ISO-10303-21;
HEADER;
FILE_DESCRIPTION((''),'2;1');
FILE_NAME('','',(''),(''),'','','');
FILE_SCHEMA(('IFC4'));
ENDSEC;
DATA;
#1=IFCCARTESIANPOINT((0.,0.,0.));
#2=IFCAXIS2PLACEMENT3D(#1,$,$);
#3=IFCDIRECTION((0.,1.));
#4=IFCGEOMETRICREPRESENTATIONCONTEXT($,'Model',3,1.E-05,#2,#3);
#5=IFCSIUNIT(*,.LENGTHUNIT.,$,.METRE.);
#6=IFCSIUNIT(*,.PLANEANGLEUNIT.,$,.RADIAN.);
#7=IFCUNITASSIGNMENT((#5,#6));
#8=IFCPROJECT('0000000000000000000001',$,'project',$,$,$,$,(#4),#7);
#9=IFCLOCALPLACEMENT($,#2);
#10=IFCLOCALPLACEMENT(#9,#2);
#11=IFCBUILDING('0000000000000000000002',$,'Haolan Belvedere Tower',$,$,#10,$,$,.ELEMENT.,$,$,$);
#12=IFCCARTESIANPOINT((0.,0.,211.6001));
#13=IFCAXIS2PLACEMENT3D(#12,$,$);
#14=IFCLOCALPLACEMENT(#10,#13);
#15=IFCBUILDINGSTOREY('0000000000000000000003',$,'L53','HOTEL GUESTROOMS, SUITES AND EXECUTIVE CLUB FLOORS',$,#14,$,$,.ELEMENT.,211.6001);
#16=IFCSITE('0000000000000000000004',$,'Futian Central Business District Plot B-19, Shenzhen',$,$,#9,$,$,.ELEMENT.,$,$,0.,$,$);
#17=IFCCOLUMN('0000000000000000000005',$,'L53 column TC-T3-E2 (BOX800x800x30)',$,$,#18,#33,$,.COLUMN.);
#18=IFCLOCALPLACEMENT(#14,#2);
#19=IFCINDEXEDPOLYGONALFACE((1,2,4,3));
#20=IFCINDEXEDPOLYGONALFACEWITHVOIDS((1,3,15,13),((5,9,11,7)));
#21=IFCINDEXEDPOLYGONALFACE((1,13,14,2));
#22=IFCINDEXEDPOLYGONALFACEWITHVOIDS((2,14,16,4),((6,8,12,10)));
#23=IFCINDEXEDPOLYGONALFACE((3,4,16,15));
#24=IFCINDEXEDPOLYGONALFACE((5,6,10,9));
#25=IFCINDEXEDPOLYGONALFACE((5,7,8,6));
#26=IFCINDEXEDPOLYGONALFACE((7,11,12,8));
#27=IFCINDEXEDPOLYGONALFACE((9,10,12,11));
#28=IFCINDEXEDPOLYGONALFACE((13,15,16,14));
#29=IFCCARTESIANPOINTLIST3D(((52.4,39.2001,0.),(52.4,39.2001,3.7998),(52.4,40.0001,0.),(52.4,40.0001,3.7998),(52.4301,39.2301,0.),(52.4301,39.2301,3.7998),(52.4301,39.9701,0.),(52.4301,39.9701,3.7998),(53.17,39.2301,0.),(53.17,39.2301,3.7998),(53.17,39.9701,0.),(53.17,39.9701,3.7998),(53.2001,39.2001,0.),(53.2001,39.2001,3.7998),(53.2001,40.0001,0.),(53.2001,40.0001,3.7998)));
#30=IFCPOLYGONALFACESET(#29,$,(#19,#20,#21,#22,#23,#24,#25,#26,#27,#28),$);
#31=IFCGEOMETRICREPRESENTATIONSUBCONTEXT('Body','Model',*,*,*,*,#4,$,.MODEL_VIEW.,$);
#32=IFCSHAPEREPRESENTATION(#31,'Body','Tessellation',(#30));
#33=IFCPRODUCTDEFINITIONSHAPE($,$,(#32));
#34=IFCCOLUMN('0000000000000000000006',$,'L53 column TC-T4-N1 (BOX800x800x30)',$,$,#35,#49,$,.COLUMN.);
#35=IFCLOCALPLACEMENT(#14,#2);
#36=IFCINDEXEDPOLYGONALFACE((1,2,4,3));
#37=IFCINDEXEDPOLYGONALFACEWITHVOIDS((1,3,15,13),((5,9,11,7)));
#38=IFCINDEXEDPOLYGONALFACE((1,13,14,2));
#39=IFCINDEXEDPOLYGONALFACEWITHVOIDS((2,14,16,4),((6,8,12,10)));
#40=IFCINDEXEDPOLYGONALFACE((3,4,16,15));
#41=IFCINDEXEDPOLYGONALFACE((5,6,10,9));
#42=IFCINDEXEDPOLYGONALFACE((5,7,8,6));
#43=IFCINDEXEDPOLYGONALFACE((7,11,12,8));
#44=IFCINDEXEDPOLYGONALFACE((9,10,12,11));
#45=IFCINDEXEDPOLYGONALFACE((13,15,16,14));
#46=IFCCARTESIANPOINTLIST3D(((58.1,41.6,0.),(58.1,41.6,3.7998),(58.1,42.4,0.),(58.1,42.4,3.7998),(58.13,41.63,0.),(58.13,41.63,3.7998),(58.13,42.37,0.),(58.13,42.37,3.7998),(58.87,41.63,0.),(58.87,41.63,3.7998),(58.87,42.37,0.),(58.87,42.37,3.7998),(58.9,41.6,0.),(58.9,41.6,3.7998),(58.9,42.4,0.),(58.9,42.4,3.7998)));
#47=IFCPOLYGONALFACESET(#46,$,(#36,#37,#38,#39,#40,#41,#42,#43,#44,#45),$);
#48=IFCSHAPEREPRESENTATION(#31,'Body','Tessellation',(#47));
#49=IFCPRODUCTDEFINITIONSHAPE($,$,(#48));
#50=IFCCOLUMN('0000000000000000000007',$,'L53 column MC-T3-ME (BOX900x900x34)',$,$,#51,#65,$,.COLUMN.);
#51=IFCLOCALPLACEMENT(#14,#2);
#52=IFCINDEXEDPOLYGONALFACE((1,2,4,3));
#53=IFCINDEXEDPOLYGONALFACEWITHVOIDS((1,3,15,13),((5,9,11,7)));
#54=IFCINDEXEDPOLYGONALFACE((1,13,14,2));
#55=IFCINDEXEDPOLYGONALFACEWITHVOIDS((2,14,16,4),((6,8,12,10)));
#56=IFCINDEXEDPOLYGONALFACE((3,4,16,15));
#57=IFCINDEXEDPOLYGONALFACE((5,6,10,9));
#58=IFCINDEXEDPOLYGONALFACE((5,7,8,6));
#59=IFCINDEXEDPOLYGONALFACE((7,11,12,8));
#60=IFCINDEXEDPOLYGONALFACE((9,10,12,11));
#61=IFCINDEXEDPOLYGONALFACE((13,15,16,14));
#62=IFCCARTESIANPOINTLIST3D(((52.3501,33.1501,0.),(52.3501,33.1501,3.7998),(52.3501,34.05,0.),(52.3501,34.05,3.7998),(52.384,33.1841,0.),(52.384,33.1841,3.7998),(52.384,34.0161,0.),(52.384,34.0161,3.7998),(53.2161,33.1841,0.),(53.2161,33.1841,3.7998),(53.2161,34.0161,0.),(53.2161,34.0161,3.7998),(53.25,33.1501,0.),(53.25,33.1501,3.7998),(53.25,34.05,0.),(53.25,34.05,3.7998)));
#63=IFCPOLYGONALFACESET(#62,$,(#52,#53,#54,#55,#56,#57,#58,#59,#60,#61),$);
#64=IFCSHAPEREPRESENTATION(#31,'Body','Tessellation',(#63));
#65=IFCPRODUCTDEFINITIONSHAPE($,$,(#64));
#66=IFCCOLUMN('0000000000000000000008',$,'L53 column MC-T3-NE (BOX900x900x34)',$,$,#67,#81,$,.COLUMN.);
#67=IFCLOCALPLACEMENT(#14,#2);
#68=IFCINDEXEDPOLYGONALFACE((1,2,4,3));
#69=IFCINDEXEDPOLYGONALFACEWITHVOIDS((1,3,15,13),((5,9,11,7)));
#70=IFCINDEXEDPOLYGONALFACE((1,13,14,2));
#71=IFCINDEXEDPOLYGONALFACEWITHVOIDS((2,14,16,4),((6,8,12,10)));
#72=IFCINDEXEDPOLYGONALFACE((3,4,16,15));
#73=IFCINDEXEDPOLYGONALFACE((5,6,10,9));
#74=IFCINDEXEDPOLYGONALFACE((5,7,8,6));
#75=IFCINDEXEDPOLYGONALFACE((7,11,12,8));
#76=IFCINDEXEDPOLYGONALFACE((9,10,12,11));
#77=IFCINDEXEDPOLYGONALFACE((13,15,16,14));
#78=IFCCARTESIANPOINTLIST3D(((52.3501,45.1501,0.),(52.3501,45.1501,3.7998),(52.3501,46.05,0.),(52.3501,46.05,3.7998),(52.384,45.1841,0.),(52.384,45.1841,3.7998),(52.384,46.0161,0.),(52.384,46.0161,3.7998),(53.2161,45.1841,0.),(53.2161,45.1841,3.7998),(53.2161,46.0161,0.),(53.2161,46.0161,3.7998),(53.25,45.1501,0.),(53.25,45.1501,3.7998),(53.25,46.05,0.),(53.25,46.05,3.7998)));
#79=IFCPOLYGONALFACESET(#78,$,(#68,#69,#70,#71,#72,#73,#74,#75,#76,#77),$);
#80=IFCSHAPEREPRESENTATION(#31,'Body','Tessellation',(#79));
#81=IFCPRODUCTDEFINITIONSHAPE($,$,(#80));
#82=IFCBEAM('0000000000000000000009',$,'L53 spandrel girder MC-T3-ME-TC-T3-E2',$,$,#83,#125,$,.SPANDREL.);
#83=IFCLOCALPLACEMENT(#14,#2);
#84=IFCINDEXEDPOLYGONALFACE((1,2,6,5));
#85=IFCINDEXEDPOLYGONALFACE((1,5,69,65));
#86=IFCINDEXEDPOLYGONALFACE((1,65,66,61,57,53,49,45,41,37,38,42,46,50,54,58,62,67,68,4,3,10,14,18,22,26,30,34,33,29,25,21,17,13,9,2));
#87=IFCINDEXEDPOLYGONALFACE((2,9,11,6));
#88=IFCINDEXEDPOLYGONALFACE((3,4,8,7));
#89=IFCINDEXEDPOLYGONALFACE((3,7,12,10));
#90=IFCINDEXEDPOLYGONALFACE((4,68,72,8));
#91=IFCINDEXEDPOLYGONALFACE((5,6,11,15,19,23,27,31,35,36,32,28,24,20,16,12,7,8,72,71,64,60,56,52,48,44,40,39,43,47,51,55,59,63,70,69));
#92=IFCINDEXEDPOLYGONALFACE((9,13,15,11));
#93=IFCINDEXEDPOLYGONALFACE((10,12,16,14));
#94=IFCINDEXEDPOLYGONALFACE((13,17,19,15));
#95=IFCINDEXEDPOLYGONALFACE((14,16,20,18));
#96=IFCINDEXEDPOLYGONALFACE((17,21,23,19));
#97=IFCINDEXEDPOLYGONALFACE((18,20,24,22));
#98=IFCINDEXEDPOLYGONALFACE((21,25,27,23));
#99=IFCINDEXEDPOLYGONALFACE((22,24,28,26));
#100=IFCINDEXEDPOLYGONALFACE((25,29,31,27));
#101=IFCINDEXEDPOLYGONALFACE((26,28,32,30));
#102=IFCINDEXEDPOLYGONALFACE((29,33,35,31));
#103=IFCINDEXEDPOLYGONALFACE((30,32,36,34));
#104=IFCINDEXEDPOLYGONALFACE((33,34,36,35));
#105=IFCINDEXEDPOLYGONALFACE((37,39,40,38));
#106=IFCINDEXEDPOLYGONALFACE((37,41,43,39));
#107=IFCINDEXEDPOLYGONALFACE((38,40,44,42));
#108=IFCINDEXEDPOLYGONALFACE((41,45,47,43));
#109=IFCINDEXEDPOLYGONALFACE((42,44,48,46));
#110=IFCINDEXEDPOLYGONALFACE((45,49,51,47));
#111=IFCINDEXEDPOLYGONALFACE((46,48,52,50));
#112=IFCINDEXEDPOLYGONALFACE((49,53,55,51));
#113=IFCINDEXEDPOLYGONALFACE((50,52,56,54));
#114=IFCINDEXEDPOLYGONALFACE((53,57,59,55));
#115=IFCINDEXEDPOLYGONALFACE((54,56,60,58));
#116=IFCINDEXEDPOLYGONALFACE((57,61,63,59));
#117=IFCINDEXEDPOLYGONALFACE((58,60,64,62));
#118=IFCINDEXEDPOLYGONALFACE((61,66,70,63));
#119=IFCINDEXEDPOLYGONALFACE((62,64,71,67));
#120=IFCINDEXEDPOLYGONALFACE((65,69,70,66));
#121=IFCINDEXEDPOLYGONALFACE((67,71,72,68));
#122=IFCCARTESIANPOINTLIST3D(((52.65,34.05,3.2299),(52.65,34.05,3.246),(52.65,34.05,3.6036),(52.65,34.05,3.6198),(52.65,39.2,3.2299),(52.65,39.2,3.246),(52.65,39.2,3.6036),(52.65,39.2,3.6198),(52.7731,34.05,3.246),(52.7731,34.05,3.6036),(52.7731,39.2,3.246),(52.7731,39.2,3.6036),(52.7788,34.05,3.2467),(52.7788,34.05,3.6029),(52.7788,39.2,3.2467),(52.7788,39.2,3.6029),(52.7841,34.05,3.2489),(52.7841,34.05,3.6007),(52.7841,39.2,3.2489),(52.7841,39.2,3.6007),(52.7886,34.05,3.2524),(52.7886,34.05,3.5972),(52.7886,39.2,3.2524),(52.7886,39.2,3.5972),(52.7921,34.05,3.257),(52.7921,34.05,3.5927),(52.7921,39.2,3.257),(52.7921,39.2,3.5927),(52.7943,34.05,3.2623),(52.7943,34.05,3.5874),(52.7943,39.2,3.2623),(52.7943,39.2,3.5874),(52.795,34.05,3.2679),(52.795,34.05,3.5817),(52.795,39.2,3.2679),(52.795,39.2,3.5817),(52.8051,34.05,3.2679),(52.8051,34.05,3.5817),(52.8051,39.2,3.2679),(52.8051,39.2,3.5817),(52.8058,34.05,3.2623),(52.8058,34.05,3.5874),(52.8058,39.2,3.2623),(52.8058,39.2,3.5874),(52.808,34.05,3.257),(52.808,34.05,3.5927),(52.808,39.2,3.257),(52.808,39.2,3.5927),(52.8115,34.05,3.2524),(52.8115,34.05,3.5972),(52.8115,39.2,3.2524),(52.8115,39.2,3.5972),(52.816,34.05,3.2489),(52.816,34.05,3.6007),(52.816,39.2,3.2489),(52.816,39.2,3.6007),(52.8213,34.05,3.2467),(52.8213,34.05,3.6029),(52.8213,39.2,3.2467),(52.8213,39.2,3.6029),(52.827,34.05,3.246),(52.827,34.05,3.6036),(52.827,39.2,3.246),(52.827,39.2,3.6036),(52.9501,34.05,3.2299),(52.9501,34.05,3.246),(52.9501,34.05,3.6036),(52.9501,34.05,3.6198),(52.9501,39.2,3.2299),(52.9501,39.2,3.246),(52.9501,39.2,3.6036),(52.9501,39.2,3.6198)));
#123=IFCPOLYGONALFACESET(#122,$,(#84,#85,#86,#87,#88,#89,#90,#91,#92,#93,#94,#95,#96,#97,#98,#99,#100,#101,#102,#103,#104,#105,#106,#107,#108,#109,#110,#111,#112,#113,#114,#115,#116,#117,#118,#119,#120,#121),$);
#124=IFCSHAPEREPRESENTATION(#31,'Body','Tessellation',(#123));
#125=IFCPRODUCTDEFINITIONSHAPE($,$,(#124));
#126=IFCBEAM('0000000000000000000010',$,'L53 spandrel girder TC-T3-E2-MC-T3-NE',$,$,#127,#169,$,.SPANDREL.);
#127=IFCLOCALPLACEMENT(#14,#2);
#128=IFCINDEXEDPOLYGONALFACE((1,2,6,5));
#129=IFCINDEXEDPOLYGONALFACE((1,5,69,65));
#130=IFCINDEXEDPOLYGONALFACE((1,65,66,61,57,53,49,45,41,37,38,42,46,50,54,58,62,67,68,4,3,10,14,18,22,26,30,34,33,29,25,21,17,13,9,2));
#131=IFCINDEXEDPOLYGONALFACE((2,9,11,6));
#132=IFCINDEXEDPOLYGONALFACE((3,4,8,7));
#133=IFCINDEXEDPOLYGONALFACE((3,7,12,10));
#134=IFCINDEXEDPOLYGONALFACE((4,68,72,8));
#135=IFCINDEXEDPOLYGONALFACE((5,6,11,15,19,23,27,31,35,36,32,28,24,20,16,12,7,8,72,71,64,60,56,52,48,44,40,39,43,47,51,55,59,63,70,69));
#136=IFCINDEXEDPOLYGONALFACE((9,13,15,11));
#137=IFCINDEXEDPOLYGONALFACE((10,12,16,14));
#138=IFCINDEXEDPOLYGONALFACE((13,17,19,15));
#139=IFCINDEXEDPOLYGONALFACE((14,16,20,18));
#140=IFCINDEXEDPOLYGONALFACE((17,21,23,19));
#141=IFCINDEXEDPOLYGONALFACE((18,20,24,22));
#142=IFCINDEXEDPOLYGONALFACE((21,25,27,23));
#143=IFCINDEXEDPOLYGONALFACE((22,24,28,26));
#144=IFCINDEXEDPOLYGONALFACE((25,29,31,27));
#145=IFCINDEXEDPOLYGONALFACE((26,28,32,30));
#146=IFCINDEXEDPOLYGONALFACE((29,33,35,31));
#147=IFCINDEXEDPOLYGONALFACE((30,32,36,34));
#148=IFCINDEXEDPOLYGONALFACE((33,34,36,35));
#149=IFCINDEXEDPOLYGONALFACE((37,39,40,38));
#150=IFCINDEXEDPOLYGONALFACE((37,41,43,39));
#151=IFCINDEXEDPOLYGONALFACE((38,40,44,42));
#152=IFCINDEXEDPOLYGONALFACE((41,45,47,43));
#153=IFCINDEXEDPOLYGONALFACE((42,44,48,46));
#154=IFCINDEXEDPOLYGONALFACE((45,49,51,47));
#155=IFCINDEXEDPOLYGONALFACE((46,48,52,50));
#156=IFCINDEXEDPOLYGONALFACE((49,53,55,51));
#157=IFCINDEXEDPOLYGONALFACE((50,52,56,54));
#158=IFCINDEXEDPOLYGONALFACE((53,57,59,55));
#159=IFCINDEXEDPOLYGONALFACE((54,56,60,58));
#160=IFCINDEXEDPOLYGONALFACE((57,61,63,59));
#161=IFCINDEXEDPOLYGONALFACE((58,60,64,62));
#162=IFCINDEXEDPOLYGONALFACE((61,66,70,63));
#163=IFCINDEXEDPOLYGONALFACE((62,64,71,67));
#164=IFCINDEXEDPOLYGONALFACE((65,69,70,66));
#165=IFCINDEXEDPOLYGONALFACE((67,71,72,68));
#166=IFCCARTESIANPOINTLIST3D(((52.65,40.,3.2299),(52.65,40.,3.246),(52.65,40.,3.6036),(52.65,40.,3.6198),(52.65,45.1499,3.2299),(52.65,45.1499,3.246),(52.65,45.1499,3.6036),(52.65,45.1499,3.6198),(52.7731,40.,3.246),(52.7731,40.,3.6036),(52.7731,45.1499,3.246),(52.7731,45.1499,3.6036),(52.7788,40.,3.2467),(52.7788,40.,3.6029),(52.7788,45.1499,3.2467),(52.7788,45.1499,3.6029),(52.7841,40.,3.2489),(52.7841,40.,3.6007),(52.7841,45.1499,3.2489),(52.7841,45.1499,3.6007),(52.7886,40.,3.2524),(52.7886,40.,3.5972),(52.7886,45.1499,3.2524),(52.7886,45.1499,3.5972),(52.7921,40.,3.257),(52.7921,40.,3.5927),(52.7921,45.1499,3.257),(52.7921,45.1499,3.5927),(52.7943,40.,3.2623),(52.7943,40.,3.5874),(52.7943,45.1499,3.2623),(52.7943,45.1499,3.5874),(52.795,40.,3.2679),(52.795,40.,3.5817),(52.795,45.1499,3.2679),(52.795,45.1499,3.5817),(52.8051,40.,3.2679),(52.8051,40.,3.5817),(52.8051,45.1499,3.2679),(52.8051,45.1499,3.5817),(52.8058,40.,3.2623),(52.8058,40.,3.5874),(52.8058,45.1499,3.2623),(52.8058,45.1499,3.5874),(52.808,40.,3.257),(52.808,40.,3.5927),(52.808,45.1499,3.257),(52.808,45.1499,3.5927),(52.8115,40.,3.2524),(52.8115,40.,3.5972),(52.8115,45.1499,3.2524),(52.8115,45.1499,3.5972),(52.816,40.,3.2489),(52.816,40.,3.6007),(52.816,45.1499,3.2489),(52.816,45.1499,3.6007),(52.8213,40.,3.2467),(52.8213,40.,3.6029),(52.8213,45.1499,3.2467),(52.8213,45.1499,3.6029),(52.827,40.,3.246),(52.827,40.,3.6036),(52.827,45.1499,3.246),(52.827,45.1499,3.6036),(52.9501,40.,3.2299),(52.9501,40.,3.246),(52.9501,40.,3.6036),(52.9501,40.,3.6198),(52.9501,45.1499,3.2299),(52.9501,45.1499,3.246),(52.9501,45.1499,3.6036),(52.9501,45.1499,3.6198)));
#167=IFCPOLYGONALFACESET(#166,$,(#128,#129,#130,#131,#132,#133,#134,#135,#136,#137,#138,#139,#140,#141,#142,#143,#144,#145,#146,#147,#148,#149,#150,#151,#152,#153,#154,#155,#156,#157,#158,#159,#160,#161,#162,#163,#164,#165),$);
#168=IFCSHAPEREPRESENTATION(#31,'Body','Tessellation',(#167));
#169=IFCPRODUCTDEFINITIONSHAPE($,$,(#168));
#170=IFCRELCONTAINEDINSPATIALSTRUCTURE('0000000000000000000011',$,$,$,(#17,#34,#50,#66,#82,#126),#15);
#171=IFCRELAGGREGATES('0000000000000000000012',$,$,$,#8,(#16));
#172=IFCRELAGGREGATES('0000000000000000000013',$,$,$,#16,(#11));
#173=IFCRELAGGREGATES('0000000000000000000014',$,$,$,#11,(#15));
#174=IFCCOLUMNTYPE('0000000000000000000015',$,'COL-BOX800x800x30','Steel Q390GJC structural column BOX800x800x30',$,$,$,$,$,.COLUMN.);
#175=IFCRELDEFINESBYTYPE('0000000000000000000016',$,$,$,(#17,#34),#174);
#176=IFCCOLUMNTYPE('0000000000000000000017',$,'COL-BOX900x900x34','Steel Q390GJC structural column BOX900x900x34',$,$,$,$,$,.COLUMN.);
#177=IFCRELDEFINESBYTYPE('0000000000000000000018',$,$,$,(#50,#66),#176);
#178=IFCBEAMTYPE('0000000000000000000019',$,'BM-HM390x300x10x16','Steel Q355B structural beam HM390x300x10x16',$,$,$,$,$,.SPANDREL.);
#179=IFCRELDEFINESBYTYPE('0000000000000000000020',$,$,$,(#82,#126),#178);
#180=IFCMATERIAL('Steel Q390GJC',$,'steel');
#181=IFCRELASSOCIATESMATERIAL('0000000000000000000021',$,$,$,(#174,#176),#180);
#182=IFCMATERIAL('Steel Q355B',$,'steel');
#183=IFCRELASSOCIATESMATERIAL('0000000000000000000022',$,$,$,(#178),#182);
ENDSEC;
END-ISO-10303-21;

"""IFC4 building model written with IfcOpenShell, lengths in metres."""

from ifc_helpers import new_model, si_unit, direction, frame, origin, origin_2d, place, context, subcontext, project, spatial, hollow_rectangle, i_section, extrude, material, material_profile, profile_set, type_object, element, save


model = new_model("IFC4")

# Units and contexts
model_context = context("Model", 3, precision=1e-05, world=origin(), true_north=direction((0.0, 1.0)))
body_context = subcontext(model_context, "Body", "Model", "MODEL_VIEW")
ifc_project = project(units=[si_unit("LENGTHUNIT", "METRE"), si_unit("PLANEANGLEUNIT", "RADIAN")], contexts=[model_context])

# Site, building, storey
site_placement = place(None, origin())
site = spatial("IfcSite", under=ifc_project, at=site_placement, Name="Futian Central Business District Plot B-19, Shenzhen", CompositionType="ELEMENT", RefElevation=0.0)
building_placement = place(site_placement, origin())
building = spatial("IfcBuilding", under=site, at=building_placement, Name="Haolan Belvedere Tower", CompositionType="ELEMENT")
storey_placement = place(building_placement, frame((0.0, 0.0, 211.6001)))
storey = spatial("IfcBuildingStorey", under=building, at=storey_placement, Name="L53", Description="HOTEL GUESTROOMS, SUITES AND EXECUTIVE CLUB FLOORS", CompositionType="ELEMENT", Elevation=211.6001)

# Columns
ifc_material_1 = material(Name="Steel Q390GJC", Category="steel")
ifc_material_profile_1 = material_profile(ifc_material_1, hollow_rectangle(XDim=0.8, YDim=0.8, WallThickness=0.03, at=origin_2d()), Name="Steel Q390GJC")
ifc_profile_set_1 = profile_set([ifc_material_profile_1], Name="Steel Q390GJC")
column_type_1 = type_object("IfcColumnType", Name="COL-BOX800x800x30", Description="Steel Q390GJC structural column BOX800x800x30", PredefinedType="COLUMN", material=ifc_profile_set_1)
for number, where, z_axis, x_axis, name in (
    (1, (52.8, 39.6001, 0.0), (0.0, 0.0, 1.0), (1.0, 0.0, 0.0), "L53 column TC-T3-E2 (BOX800x800x30)"),
    (2, (58.5, 42.0, 0.0), (0.0, 0.0, 1.0), (1.0, 0.0, 0.0), "L53 column TC-T4-N1 (BOX800x800x30)"),
):
    element("IfcColumn", number, at=place(storey_placement, frame(where, z_axis=z_axis, x_axis=x_axis)), inside=storey, type_object=column_type_1, Name=name, PredefinedType="COLUMN", context=body_context, shape_type="SweptSolid", body=[
        extrude(hollow_rectangle(XDim=0.8, YDim=0.8, WallThickness=0.03, at=origin_2d()), origin(), (0.0, 0.0, 1.0), 3.7998),
    ])
ifc_material_profile_2 = material_profile(ifc_material_1, hollow_rectangle(XDim=0.8999, YDim=0.8999, WallThickness=0.0339, at=origin_2d()), Name="Steel Q390GJC")
ifc_profile_set_2 = profile_set([ifc_material_profile_2], Name="Steel Q390GJC")
column_type_2 = type_object("IfcColumnType", Name="COL-BOX900x900x34", Description="Steel Q390GJC structural column BOX900x900x34", PredefinedType="COLUMN", material=ifc_profile_set_2)
for number, where, z_axis, x_axis, name in (
    (3, (52.8, 33.6001, 0.0), (0.0, 0.0, 1.0), (1.0, 0.0, 0.0), "L53 column MC-T3-ME (BOX900x900x34)"),
    (4, (52.8, 45.6001, 0.0), (0.0, 0.0, 1.0), (1.0, 0.0, 0.0), "L53 column MC-T3-NE (BOX900x900x34)"),
):
    element("IfcColumn", number, at=place(storey_placement, frame(where, z_axis=z_axis, x_axis=x_axis)), inside=storey, type_object=column_type_2, Name=name, PredefinedType="COLUMN", context=body_context, shape_type="SweptSolid", body=[
        extrude(hollow_rectangle(XDim=0.8999, YDim=0.8999, WallThickness=0.0339, at=origin_2d()), origin(), (0.0, 0.0, 1.0), 3.7998),
    ])

# Beams
ifc_material_2 = material(Name="Steel Q355B", Category="steel")
ifc_material_profile_3 = material_profile(ifc_material_2, i_section(OverallWidth=0.3, OverallDepth=0.3899, WebThickness=0.01, FlangeThickness=0.0161, FilletRadius=0.022, at=origin_2d()), Name="Steel Q355B")
ifc_profile_set_3 = profile_set([ifc_material_profile_3], Name="Steel Q355B")
beam_type_1 = type_object("IfcBeamType", Name="BM-HM390x300x10x16", Description="Steel Q355B structural beam HM390x300x10x16", PredefinedType="SPANDREL", material=ifc_profile_set_3)
for number, where, z_axis, x_axis, name in (
    (5, (52.8, 34.05, 3.4248), (0.0, 1.0, 0.0), (-1.0, 0.0, 0.0), "L53 spandrel girder MC-T3-ME-TC-T3-E2"),
    (6, (52.8, 40.0, 3.4248), (0.0, 1.0, 0.0), (-1.0, 0.0, 0.0), "L53 spandrel girder TC-T3-E2-MC-T3-NE"),
):
    element("IfcBeam", number, at=place(storey_placement, frame(where, z_axis=z_axis, x_axis=x_axis)), inside=storey, type_object=beam_type_1, Name=name, PredefinedType="SPANDREL", context=body_context, shape_type="SweptSolid", body=[
        extrude(i_section(OverallWidth=0.3, OverallDepth=0.3899, WebThickness=0.01, FlangeThickness=0.0161, FilletRadius=0.022, at=origin_2d()), origin(), (0.0, 0.0, 1.0), 5.1499),
    ])

save(model, "model.ifc")
